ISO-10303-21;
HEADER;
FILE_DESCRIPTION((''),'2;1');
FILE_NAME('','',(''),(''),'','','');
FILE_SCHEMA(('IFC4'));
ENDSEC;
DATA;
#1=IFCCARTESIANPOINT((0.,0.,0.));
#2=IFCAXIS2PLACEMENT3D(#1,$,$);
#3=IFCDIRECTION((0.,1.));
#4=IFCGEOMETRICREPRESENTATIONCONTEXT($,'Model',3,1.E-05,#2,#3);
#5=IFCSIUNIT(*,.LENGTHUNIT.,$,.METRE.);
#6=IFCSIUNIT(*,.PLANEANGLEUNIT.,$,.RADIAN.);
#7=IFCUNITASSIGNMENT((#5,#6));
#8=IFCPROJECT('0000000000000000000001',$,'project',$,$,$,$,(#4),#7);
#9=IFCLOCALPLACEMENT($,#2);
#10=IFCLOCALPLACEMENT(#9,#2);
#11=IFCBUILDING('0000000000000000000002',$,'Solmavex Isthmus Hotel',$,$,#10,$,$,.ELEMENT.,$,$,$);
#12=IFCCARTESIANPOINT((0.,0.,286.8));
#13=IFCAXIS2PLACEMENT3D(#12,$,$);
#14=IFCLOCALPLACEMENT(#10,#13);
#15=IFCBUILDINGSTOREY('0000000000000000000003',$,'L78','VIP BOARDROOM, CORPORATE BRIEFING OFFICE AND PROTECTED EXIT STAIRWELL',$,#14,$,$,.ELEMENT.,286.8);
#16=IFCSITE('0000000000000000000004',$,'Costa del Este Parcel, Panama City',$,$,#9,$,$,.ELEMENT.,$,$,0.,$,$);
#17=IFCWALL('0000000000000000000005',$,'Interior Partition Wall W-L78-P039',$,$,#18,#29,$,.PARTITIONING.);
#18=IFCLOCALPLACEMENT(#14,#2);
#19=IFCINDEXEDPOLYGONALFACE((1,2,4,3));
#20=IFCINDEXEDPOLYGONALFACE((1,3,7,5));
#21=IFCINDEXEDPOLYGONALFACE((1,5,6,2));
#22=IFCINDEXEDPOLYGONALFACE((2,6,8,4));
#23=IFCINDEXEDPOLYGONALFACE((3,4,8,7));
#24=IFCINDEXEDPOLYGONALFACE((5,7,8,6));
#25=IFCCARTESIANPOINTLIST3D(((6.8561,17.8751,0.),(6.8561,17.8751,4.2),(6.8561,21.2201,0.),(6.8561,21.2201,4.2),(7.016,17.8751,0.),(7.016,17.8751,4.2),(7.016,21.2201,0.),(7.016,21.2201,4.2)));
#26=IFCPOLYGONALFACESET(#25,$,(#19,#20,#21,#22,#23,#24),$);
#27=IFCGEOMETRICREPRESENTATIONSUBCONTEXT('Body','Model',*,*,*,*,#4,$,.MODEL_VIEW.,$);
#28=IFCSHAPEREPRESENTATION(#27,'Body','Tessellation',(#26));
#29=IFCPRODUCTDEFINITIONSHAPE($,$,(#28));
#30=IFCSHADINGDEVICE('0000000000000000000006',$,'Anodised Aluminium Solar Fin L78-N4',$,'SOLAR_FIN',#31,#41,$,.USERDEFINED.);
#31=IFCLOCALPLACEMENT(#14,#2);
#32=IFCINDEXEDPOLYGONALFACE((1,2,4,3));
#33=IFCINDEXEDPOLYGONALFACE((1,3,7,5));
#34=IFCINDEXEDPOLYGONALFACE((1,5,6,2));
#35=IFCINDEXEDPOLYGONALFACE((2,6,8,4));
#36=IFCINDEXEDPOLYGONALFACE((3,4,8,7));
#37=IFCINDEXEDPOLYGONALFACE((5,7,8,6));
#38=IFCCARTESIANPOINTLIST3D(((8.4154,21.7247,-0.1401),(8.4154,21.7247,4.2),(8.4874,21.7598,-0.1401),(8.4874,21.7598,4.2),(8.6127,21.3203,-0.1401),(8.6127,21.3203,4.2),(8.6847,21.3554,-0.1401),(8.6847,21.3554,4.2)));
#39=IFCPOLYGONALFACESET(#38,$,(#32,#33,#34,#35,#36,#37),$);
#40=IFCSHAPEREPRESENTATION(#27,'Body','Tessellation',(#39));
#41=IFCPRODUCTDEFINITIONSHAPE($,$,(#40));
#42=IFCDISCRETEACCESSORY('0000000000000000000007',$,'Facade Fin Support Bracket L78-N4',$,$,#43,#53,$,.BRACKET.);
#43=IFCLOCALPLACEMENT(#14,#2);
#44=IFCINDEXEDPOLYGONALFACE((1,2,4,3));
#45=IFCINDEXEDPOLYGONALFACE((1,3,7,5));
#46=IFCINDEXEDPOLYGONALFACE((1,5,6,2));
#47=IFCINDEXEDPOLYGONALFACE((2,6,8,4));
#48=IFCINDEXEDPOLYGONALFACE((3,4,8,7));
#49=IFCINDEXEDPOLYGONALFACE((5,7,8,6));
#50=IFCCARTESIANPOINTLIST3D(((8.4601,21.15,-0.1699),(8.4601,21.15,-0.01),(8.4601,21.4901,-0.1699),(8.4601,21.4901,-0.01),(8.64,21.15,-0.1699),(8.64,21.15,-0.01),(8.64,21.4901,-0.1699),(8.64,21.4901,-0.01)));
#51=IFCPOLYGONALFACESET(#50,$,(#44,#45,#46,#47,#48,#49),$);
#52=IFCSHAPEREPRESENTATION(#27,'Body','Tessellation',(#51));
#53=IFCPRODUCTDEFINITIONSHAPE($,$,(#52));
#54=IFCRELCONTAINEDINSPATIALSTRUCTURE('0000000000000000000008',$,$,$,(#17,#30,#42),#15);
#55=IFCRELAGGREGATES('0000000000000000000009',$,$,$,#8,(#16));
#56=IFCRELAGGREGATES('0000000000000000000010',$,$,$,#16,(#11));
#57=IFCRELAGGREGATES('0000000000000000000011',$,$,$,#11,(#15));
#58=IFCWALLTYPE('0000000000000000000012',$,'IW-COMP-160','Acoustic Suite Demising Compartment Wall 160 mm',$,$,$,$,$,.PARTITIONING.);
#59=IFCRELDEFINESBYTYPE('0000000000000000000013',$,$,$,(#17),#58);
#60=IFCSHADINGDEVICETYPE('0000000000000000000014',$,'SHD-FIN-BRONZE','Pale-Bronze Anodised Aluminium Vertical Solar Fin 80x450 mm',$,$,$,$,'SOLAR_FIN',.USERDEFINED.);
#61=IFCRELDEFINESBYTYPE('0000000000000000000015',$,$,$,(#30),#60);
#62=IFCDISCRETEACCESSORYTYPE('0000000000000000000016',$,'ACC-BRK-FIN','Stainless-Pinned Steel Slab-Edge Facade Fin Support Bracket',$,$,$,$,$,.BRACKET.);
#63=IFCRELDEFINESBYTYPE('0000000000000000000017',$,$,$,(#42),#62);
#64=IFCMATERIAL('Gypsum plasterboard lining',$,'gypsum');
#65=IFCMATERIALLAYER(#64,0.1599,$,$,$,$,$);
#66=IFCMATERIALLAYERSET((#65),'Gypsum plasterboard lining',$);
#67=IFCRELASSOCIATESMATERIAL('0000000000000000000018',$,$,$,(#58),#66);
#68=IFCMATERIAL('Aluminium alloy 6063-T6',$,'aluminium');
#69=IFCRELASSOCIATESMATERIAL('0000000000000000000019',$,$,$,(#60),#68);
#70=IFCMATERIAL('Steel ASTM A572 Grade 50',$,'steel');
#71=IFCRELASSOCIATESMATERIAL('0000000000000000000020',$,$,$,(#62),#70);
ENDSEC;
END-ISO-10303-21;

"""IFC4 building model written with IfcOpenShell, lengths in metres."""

from ifc_helpers import new_model, si_unit, direction, frame, frame_2d, origin, origin_2d, place, context, subcontext, project, spatial, rectangle, extrude, material, layer, layer_set, type_object, element, save


model = new_model("IFC4")

# Units and contexts
model_context = context("Model", 3, precision=1e-05, world=origin(), true_north=direction((0.0, 1.0)))
body_context = subcontext(model_context, "Body", "Model", "MODEL_VIEW")
ifc_project = project(units=[si_unit("LENGTHUNIT", "METRE"), si_unit("PLANEANGLEUNIT", "RADIAN")], contexts=[model_context])

# Site, building, storey
site_placement = place(None, origin())
site = spatial("IfcSite", under=ifc_project, at=site_placement, Name="Costa del Este Parcel, Panama City", CompositionType="ELEMENT", RefElevation=0.0)
building_placement = place(site_placement, origin())
building = spatial("IfcBuilding", under=site, at=building_placement, Name="Solmavex Isthmus Hotel", CompositionType="ELEMENT")
storey_placement = place(building_placement, frame((0.0, 0.0, 286.8)))
storey = spatial("IfcBuildingStorey", under=building, at=storey_placement, Name="L78", Description="VIP BOARDROOM, CORPORATE BRIEFING OFFICE AND PROTECTED EXIT STAIRWELL", CompositionType="ELEMENT", Elevation=286.8)

# Shared definitions
ifc_material_1 = material(Name="Aluminium alloy 6063-T6", Category="aluminium")

# Wall
ifc_material_2 = material(Name="Gypsum plasterboard lining", Category="gypsum")
ifc_layer_1 = layer(ifc_material_2, 0.1599)
ifc_layer_set_1 = layer_set([ifc_layer_1], Name="Gypsum plasterboard lining")
wall_type = type_object("IfcWallType", Name="IW-COMP-160", Description="Acoustic Suite Demising Compartment Wall 160 mm", PredefinedType="PARTITIONING", material=ifc_layer_set_1)
wall_1_placement = place(storey_placement, frame((6.936, 21.22, 0.0), z_axis=(0.0, 0.0, 1.0), x_axis=(0.0, -1.0, 0.0)))
element("IfcWall", 1, at=wall_1_placement, inside=storey, type_object=wall_type, Name="Interior Partition Wall W-L78-P039", PredefinedType="PARTITIONING", context=body_context, shape_type="SweptSolid", body=[
    extrude(rectangle(XDim=3.345, YDim=0.1599, at=frame_2d((1.6724, 0.0))), origin(), (0.0, 0.0, 1.0), 4.2),
])

# Shading device
shading_device_type = type_object("IfcShadingDeviceType", Name="SHD-FIN-BRONZE", Description="Pale-Bronze Anodised Aluminium Vertical Solar Fin 80x450 mm", ElementType="SOLAR_FIN", PredefinedType="USERDEFINED", material=ifc_material_1)
shading_device_placement = place(storey_placement, frame((8.55, 21.54, -0.1401), z_axis=(0.0, 0.0, 1.0), x_axis=(-0.438371, 0.898794, 0.0)))
element("IfcShadingDevice", 2, at=shading_device_placement, inside=storey, type_object=shading_device_type, Name="Anodised Aluminium Solar Fin L78-N4", ObjectType="SOLAR_FIN", PredefinedType="USERDEFINED", context=body_context, shape_type="SweptSolid", body=[
    extrude(rectangle(XDim=0.45, YDim=0.0801, at=origin_2d()), origin(), (0.0, 0.0, 1.0), 4.3401),
])

# Discrete accessory
ifc_material_3 = material(Name="Steel ASTM A572 Grade 50", Category="steel")
discrete_accessory_type = type_object("IfcDiscreteAccessoryType", Name="ACC-BRK-FIN", Description="Stainless-Pinned Steel Slab-Edge Facade Fin Support Bracket", PredefinedType="BRACKET", material=ifc_material_3)
discrete_accessory_placement = place(storey_placement, frame((8.55, 21.3201, -0.1699), z_axis=(0.0, 0.0, 1.0), x_axis=(0.0, 1.0, 0.0)))
element("IfcDiscreteAccessory", 3, at=discrete_accessory_placement, inside=storey, type_object=discrete_accessory_type, Name="Facade Fin Support Bracket L78-N4", PredefinedType="BRACKET", context=body_context, shape_type="SweptSolid", body=[
    extrude(rectangle(XDim=0.3401, YDim=0.1799, at=origin_2d()), origin(), (0.0, 0.0, 1.0), 0.1599),
])

save(model, "model.ifc")
